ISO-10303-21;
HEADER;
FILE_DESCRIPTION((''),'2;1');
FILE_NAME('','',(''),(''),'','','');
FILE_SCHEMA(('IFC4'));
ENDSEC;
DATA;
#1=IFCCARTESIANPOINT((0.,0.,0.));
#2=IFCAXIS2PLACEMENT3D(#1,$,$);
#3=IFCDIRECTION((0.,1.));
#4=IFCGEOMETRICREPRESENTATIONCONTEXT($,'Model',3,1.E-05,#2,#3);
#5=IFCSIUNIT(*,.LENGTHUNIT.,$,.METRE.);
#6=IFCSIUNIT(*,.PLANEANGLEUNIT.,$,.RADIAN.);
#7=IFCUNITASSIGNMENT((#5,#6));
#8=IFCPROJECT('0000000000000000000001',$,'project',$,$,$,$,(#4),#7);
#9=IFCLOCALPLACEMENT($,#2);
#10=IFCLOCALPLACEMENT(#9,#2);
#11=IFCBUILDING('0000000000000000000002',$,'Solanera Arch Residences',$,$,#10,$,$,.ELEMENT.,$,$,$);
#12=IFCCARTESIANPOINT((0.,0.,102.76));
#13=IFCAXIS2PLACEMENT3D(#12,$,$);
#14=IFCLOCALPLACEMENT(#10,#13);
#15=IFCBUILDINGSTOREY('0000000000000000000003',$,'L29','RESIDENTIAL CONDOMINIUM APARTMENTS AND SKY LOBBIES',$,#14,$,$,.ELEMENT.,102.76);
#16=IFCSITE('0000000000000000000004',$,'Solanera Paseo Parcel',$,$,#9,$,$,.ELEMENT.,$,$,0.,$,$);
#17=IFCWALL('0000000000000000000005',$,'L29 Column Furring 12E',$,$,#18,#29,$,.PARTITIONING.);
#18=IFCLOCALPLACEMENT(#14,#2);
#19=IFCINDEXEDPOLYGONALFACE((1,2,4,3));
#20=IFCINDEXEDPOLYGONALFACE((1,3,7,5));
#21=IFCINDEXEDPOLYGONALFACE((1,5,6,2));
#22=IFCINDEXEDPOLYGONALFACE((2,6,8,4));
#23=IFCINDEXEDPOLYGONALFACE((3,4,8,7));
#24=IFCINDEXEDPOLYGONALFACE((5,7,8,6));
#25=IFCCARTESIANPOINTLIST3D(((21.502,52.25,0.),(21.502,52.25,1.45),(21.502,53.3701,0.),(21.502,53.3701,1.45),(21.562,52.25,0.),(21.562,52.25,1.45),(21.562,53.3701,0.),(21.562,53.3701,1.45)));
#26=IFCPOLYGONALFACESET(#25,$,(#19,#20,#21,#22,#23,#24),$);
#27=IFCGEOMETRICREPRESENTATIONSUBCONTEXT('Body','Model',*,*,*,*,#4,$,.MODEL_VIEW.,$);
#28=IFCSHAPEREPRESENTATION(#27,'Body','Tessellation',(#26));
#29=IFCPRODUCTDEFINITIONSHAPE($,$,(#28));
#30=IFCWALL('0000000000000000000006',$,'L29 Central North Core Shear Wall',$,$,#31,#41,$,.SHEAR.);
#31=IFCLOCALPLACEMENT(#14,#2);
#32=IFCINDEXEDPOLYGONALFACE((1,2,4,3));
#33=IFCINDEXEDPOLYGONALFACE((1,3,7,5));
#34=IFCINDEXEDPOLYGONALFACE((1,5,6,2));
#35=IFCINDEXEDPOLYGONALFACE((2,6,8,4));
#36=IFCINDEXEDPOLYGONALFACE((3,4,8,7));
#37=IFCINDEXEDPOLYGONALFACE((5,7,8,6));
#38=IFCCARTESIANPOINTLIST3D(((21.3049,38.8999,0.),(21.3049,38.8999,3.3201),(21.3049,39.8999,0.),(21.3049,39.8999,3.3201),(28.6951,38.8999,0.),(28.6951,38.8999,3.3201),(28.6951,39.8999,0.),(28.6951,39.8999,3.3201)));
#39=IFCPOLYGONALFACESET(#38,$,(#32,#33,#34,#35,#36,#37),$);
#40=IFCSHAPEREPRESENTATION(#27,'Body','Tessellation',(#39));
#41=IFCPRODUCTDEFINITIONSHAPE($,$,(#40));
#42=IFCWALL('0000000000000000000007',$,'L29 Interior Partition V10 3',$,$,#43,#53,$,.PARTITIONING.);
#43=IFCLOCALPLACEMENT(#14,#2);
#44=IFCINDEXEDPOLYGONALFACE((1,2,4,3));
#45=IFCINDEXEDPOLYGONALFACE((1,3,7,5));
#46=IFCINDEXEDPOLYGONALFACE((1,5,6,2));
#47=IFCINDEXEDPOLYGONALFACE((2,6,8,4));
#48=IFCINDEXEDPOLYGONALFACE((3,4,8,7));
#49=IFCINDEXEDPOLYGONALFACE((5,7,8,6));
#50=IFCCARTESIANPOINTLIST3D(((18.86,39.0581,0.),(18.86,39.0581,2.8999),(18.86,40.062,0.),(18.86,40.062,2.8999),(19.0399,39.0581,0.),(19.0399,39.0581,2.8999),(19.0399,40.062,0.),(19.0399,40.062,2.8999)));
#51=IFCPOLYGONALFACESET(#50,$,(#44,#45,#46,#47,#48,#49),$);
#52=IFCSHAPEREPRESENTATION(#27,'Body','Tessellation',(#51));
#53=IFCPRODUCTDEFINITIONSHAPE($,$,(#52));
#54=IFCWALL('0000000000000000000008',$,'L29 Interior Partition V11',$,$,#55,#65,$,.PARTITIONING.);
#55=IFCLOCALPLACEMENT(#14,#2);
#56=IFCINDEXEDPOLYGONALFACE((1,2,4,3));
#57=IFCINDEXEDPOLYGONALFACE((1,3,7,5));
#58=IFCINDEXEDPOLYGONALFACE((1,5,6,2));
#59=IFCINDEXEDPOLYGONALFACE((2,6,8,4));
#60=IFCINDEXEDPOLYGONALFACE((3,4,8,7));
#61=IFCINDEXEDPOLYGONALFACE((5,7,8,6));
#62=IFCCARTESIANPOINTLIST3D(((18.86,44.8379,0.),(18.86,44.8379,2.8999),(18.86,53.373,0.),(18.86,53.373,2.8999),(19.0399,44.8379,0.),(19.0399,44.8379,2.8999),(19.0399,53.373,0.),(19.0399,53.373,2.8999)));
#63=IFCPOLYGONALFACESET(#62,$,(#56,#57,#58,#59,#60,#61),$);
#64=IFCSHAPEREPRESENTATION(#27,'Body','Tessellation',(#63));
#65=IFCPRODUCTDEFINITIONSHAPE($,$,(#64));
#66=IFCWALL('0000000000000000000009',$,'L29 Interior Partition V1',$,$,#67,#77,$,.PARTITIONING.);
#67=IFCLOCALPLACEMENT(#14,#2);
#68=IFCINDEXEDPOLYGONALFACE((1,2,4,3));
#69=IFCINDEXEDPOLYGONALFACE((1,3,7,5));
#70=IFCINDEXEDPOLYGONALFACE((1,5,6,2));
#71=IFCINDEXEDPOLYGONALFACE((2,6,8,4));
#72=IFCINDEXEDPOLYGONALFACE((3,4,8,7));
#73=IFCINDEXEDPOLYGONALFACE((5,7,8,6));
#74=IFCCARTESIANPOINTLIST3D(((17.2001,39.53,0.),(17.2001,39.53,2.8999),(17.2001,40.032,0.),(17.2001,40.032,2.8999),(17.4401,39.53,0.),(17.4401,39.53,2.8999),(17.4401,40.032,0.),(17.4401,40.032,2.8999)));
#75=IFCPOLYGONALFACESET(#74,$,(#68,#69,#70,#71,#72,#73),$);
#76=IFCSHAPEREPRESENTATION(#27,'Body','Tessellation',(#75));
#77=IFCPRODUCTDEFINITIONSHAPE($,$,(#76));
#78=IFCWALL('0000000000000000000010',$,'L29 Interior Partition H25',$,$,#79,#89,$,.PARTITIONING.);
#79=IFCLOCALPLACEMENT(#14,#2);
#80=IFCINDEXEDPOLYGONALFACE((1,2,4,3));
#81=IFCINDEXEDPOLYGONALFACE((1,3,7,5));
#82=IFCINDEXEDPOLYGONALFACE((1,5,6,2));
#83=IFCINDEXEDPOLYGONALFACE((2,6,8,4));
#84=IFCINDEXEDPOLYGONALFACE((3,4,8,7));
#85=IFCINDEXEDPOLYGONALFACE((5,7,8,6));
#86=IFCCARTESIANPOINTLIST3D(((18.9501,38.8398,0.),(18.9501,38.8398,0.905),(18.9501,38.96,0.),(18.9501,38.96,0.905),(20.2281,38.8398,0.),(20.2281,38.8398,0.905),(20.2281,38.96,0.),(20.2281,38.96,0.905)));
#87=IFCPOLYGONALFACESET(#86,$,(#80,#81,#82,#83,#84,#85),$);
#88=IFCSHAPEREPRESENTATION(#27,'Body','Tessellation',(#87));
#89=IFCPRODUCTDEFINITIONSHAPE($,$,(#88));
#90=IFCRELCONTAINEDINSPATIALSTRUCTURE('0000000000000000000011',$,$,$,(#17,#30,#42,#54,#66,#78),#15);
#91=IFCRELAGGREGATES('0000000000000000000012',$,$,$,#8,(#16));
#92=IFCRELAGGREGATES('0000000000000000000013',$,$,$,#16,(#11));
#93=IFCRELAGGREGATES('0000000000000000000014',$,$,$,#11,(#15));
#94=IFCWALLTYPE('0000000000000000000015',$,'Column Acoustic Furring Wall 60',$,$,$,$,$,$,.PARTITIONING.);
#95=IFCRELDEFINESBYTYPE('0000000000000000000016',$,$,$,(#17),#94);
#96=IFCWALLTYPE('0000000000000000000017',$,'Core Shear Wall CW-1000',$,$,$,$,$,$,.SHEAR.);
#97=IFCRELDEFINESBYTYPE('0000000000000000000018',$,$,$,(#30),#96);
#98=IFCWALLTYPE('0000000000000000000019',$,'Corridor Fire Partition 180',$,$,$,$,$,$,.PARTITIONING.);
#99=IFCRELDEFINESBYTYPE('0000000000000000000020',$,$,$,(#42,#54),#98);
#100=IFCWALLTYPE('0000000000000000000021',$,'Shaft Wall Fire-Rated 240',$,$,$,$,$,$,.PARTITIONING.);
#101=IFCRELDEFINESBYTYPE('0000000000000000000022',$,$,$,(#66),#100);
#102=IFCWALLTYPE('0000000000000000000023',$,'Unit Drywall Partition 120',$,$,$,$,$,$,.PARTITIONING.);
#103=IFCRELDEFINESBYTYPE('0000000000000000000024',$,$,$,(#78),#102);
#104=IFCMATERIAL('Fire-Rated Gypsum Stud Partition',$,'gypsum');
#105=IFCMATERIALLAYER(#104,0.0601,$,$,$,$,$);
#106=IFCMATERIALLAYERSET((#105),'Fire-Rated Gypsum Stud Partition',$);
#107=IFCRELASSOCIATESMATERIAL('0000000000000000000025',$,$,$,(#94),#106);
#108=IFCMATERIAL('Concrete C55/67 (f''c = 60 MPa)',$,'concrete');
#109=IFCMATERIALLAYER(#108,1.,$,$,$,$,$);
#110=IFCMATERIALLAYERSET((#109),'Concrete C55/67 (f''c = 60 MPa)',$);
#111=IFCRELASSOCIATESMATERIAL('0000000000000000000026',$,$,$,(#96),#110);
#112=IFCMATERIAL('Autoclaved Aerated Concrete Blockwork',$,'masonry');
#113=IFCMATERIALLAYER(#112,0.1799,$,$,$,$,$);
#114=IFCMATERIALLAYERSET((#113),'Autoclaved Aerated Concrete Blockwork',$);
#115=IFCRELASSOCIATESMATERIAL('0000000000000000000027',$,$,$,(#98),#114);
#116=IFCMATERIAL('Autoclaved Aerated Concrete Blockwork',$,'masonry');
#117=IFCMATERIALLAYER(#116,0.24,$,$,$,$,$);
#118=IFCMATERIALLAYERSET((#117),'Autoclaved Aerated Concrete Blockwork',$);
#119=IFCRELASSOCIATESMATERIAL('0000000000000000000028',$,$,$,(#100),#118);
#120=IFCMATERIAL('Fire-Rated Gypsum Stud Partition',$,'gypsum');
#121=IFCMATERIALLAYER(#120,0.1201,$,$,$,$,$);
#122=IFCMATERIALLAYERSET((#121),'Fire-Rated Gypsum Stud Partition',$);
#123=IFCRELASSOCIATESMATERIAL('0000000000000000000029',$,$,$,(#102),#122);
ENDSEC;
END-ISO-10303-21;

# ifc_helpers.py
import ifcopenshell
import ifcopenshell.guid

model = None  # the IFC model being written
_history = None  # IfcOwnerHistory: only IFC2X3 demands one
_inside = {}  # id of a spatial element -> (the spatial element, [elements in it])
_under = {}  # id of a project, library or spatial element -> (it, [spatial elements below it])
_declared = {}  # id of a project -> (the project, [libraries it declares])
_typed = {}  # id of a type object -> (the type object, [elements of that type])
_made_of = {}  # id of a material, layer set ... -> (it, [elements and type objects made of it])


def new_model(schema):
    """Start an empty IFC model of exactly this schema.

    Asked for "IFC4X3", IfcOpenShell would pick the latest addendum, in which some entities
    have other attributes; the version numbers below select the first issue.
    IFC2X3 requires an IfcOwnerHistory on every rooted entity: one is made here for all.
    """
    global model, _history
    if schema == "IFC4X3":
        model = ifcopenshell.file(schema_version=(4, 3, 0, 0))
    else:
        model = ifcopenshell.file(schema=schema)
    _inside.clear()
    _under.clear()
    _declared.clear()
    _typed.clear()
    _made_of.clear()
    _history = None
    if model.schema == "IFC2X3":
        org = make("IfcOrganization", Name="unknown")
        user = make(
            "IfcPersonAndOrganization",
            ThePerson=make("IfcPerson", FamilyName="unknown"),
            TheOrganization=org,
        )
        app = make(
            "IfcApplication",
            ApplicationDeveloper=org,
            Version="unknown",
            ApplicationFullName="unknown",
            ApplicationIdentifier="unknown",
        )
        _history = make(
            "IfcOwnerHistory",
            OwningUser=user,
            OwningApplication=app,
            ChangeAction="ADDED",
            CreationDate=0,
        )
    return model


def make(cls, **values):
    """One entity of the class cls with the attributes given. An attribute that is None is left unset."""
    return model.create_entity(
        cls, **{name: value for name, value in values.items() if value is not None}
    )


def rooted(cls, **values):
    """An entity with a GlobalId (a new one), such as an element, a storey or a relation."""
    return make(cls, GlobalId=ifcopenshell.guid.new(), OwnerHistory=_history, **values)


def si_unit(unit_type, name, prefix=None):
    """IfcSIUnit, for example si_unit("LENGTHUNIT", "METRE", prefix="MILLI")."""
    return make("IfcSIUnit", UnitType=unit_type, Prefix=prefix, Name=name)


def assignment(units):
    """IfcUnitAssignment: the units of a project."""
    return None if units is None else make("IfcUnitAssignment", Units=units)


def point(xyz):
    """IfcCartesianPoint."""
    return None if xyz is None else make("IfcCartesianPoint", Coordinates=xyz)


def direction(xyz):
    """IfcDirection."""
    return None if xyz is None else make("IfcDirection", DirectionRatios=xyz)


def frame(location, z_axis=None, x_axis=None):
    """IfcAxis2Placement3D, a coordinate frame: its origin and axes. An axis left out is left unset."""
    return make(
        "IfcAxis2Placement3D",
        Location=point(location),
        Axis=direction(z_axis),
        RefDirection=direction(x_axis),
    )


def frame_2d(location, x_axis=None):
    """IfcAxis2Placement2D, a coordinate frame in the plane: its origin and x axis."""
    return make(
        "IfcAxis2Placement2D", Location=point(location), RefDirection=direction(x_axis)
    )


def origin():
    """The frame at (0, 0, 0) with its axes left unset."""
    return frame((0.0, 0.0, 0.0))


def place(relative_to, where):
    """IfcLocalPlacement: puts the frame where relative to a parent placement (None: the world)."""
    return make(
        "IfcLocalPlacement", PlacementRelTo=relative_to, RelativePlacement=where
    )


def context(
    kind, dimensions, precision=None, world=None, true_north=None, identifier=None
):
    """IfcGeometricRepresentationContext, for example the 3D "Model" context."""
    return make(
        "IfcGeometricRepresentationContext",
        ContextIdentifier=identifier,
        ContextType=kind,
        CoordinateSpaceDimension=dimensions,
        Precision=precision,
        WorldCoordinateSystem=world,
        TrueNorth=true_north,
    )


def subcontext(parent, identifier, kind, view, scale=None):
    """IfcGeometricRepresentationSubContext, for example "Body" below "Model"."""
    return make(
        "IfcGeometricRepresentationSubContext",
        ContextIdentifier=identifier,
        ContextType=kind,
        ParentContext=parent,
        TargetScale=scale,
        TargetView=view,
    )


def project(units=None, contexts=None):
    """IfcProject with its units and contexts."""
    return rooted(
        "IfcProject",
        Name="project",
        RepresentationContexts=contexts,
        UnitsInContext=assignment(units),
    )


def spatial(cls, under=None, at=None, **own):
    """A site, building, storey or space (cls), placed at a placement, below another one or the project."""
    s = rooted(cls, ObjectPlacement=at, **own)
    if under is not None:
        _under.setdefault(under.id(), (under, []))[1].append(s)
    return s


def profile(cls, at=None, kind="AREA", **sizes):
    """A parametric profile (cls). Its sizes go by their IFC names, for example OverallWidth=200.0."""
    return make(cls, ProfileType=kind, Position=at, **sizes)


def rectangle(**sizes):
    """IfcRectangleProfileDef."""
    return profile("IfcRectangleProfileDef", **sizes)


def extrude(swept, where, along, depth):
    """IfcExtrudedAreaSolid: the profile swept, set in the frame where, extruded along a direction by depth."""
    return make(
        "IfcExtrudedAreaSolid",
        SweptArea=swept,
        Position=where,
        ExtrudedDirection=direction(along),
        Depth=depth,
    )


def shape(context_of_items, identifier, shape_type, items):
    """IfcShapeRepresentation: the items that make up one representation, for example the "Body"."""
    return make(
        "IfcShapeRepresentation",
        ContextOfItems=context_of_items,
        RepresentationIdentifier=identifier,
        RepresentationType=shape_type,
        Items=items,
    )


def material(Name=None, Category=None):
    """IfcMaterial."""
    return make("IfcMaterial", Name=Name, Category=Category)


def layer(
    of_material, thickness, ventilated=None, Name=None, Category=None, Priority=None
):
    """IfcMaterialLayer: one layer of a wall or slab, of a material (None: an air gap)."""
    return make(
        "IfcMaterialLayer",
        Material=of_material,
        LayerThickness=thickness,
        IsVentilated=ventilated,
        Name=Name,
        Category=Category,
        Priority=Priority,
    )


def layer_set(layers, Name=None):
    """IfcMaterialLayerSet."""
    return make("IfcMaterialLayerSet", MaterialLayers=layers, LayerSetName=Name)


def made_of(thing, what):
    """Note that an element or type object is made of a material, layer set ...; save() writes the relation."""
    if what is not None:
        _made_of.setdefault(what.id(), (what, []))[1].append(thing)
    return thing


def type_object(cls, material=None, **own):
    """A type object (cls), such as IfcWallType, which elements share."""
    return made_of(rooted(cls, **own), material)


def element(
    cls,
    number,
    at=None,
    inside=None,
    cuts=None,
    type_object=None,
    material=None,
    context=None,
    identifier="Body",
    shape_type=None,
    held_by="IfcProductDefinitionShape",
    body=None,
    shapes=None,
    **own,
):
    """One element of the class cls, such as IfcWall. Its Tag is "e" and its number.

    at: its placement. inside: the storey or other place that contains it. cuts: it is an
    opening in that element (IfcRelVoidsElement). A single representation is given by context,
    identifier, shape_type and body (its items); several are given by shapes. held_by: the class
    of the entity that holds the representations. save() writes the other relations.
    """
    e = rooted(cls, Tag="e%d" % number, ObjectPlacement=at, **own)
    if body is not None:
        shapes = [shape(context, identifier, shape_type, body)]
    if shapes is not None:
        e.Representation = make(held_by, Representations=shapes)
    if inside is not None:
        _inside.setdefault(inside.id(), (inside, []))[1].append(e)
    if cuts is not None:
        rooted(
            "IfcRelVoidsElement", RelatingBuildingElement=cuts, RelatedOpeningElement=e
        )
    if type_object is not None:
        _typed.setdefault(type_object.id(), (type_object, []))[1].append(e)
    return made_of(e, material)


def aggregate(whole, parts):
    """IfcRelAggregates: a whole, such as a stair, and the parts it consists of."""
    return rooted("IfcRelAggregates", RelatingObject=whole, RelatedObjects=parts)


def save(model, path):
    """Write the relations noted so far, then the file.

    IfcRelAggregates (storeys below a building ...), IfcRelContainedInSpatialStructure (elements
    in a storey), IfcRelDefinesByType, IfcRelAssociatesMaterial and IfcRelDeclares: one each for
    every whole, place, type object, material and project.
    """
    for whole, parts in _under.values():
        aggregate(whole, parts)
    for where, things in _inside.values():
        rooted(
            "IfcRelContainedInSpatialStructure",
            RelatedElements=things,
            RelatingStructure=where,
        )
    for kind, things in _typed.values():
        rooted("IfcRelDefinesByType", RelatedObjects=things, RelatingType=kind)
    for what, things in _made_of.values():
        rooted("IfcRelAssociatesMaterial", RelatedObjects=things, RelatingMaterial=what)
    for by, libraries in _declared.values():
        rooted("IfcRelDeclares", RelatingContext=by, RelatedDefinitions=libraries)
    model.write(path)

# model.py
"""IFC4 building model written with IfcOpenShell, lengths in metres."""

from ifc_helpers import new_model, si_unit, direction, frame, frame_2d, origin, place, context, subcontext, project, spatial, rectangle, extrude, material, layer, layer_set, type_object, element, save


model = new_model("IFC4")

# Units and contexts
model_context = context("Model", 3, precision=1e-05, world=origin(), true_north=direction((0.0, 1.0)))
body_context = subcontext(model_context, "Body", "Model", "MODEL_VIEW")
ifc_project = project(units=[si_unit("LENGTHUNIT", "METRE"), si_unit("PLANEANGLEUNIT", "RADIAN")], contexts=[model_context])

# Site, building, storey
site_placement = place(None, origin())
site = spatial("IfcSite", under=ifc_project, at=site_placement, Name="Solanera Paseo Parcel", CompositionType="ELEMENT", RefElevation=0.0)
building_placement = place(site_placement, origin())
building = spatial("IfcBuilding", under=site, at=building_placement, Name="Solanera Arch Residences", CompositionType="ELEMENT")
storey_placement = place(building_placement, frame((0.0, 0.0, 102.76)))
storey = spatial("IfcBuildingStorey", under=building, at=storey_placement, Name="L29", Description="RESIDENTIAL CONDOMINIUM APARTMENTS AND SKY LOBBIES", CompositionType="ELEMENT", Elevation=102.76)

# Walls
ifc_material_1 = material(Name="Fire-Rated Gypsum Stud Partition", Category="gypsum")
ifc_layer_1 = layer(ifc_material_1, 0.0601)
ifc_layer_set_1 = layer_set([ifc_layer_1], Name="Fire-Rated Gypsum Stud Partition")
wall_type_1 = type_object("IfcWallType", Name="Column Acoustic Furring Wall 60", PredefinedType="PARTITIONING", material=ifc_layer_set_1)
for number, where, z_axis, x_axis, name in (
    (1, (21.532, 52.25, 0.0), (0.0, 0.0, 1.0), (0.0, 1.0, 0.0), "L29 Column Furring 12E"),
):
    element("IfcWall", number, at=place(storey_placement, frame(where, z_axis=z_axis, x_axis=x_axis)), inside=storey, type_object=wall_type_1, Name=name, PredefinedType="PARTITIONING", context=body_context, shape_type="SweptSolid", body=[
        extrude(rectangle(XDim=1.1201, YDim=0.0601, at=frame_2d((0.5601, 0.0))), origin(), (0.0, 0.0, 1.0), 1.45),
    ])
ifc_material_2 = material(Name="Concrete C55/67 (f'c = 60 MPa)", Category="concrete")
ifc_layer_2 = layer(ifc_material_2, 1.0)
ifc_layer_set_2 = layer_set([ifc_layer_2], Name="Concrete C55/67 (f'c = 60 MPa)")
wall_type_2 = type_object("IfcWallType", Name="Core Shear Wall CW-1000", PredefinedType="SHEAR", material=ifc_layer_set_2)
wall_1_placement = place(storey_placement, frame((21.3049, 39.3999, 0.0), z_axis=(0.0, 0.0, 1.0), x_axis=(1.0, 0.0, 0.0)))
element("IfcWall", 2, at=wall_1_placement, inside=storey, type_object=wall_type_2, Name="L29 Central North Core Shear Wall", PredefinedType="SHEAR", context=body_context, shape_type="SweptSolid", body=[
    extrude(rectangle(XDim=7.3901, YDim=1.0, at=frame_2d((3.6951, 0.0))), origin(), (0.0, 0.0, 1.0), 3.3201),
])
ifc_material_3 = material(Name="Autoclaved Aerated Concrete Blockwork", Category="masonry")
ifc_layer_3 = layer(ifc_material_3, 0.1799)
ifc_layer_set_3 = layer_set([ifc_layer_3], Name="Autoclaved Aerated Concrete Blockwork")
wall_type_3 = type_object("IfcWallType", Name="Corridor Fire Partition 180", PredefinedType="PARTITIONING", material=ifc_layer_set_3)
wall_2_placement = place(storey_placement, frame((18.95, 39.0581, 0.0), z_axis=(0.0, 0.0, 1.0), x_axis=(0.0, 1.0, 0.0)))
element("IfcWall", 3, at=wall_2_placement, inside=storey, type_object=wall_type_3, Name="L29 Interior Partition V10 3", PredefinedType="PARTITIONING", context=body_context, shape_type="SweptSolid", body=[
    extrude(rectangle(XDim=1.0039, YDim=0.1799, at=frame_2d((0.502, 0.0))), origin(), (0.0, 0.0, 1.0), 2.8999),
])
wall_3_placement = place(storey_placement, frame((18.95, 44.8379, 0.0), z_axis=(0.0, 0.0, 1.0), x_axis=(0.0, 1.0, 0.0)))
element("IfcWall", 4, at=wall_3_placement, inside=storey, type_object=wall_type_3, Name="L29 Interior Partition V11", PredefinedType="PARTITIONING", context=body_context, shape_type="SweptSolid", body=[
    extrude(rectangle(XDim=8.5352, YDim=0.1799, at=frame_2d((4.2676, 0.0))), origin(), (0.0, 0.0, 1.0), 2.8999),
])
ifc_material_4 = material(Name="Autoclaved Aerated Concrete Blockwork", Category="masonry")
ifc_layer_4 = layer(ifc_material_4, 0.24)
ifc_layer_set_4 = layer_set([ifc_layer_4], Name="Autoclaved Aerated Concrete Blockwork")
wall_type_4 = type_object("IfcWallType", Name="Shaft Wall Fire-Rated 240", PredefinedType="PARTITIONING", material=ifc_layer_set_4)
wall_4_placement = place(storey_placement, frame((17.3201, 39.53, 0.0), z_axis=(0.0, 0.0, 1.0), x_axis=(0.0, 1.0, 0.0)))
element("IfcWall", 5, at=wall_4_placement, inside=storey, type_object=wall_type_4, Name="L29 Interior Partition V1", PredefinedType="PARTITIONING", context=body_context, shape_type="SweptSolid", body=[
    extrude(rectangle(XDim=0.502, YDim=0.24, at=frame_2d((0.251, 0.0))), origin(), (0.0, 0.0, 1.0), 2.8999),
])
ifc_material_5 = material(Name="Fire-Rated Gypsum Stud Partition", Category="gypsum")
ifc_layer_5 = layer(ifc_material_5, 0.1201)
ifc_layer_set_5 = layer_set([ifc_layer_5], Name="Fire-Rated Gypsum Stud Partition")
wall_type_5 = type_object("IfcWallType", Name="Unit Drywall Partition 120", PredefinedType="PARTITIONING", material=ifc_layer_set_5)
wall_5_placement = place(storey_placement, frame((18.95, 38.8999, 0.0), z_axis=(0.0, 0.0, 1.0), x_axis=(1.0, 0.0, 0.0)))
element("IfcWall", 6, at=wall_5_placement, inside=storey, type_object=wall_type_5, Name="L29 Interior Partition H25", PredefinedType="PARTITIONING", context=body_context, shape_type="SweptSolid", body=[
    extrude(rectangle(XDim=1.2781, YDim=0.1201, at=frame_2d((0.6392, 0.0))), origin(), (0.0, 0.0, 1.0), 0.905),
])

save(model, "model.ifc")
